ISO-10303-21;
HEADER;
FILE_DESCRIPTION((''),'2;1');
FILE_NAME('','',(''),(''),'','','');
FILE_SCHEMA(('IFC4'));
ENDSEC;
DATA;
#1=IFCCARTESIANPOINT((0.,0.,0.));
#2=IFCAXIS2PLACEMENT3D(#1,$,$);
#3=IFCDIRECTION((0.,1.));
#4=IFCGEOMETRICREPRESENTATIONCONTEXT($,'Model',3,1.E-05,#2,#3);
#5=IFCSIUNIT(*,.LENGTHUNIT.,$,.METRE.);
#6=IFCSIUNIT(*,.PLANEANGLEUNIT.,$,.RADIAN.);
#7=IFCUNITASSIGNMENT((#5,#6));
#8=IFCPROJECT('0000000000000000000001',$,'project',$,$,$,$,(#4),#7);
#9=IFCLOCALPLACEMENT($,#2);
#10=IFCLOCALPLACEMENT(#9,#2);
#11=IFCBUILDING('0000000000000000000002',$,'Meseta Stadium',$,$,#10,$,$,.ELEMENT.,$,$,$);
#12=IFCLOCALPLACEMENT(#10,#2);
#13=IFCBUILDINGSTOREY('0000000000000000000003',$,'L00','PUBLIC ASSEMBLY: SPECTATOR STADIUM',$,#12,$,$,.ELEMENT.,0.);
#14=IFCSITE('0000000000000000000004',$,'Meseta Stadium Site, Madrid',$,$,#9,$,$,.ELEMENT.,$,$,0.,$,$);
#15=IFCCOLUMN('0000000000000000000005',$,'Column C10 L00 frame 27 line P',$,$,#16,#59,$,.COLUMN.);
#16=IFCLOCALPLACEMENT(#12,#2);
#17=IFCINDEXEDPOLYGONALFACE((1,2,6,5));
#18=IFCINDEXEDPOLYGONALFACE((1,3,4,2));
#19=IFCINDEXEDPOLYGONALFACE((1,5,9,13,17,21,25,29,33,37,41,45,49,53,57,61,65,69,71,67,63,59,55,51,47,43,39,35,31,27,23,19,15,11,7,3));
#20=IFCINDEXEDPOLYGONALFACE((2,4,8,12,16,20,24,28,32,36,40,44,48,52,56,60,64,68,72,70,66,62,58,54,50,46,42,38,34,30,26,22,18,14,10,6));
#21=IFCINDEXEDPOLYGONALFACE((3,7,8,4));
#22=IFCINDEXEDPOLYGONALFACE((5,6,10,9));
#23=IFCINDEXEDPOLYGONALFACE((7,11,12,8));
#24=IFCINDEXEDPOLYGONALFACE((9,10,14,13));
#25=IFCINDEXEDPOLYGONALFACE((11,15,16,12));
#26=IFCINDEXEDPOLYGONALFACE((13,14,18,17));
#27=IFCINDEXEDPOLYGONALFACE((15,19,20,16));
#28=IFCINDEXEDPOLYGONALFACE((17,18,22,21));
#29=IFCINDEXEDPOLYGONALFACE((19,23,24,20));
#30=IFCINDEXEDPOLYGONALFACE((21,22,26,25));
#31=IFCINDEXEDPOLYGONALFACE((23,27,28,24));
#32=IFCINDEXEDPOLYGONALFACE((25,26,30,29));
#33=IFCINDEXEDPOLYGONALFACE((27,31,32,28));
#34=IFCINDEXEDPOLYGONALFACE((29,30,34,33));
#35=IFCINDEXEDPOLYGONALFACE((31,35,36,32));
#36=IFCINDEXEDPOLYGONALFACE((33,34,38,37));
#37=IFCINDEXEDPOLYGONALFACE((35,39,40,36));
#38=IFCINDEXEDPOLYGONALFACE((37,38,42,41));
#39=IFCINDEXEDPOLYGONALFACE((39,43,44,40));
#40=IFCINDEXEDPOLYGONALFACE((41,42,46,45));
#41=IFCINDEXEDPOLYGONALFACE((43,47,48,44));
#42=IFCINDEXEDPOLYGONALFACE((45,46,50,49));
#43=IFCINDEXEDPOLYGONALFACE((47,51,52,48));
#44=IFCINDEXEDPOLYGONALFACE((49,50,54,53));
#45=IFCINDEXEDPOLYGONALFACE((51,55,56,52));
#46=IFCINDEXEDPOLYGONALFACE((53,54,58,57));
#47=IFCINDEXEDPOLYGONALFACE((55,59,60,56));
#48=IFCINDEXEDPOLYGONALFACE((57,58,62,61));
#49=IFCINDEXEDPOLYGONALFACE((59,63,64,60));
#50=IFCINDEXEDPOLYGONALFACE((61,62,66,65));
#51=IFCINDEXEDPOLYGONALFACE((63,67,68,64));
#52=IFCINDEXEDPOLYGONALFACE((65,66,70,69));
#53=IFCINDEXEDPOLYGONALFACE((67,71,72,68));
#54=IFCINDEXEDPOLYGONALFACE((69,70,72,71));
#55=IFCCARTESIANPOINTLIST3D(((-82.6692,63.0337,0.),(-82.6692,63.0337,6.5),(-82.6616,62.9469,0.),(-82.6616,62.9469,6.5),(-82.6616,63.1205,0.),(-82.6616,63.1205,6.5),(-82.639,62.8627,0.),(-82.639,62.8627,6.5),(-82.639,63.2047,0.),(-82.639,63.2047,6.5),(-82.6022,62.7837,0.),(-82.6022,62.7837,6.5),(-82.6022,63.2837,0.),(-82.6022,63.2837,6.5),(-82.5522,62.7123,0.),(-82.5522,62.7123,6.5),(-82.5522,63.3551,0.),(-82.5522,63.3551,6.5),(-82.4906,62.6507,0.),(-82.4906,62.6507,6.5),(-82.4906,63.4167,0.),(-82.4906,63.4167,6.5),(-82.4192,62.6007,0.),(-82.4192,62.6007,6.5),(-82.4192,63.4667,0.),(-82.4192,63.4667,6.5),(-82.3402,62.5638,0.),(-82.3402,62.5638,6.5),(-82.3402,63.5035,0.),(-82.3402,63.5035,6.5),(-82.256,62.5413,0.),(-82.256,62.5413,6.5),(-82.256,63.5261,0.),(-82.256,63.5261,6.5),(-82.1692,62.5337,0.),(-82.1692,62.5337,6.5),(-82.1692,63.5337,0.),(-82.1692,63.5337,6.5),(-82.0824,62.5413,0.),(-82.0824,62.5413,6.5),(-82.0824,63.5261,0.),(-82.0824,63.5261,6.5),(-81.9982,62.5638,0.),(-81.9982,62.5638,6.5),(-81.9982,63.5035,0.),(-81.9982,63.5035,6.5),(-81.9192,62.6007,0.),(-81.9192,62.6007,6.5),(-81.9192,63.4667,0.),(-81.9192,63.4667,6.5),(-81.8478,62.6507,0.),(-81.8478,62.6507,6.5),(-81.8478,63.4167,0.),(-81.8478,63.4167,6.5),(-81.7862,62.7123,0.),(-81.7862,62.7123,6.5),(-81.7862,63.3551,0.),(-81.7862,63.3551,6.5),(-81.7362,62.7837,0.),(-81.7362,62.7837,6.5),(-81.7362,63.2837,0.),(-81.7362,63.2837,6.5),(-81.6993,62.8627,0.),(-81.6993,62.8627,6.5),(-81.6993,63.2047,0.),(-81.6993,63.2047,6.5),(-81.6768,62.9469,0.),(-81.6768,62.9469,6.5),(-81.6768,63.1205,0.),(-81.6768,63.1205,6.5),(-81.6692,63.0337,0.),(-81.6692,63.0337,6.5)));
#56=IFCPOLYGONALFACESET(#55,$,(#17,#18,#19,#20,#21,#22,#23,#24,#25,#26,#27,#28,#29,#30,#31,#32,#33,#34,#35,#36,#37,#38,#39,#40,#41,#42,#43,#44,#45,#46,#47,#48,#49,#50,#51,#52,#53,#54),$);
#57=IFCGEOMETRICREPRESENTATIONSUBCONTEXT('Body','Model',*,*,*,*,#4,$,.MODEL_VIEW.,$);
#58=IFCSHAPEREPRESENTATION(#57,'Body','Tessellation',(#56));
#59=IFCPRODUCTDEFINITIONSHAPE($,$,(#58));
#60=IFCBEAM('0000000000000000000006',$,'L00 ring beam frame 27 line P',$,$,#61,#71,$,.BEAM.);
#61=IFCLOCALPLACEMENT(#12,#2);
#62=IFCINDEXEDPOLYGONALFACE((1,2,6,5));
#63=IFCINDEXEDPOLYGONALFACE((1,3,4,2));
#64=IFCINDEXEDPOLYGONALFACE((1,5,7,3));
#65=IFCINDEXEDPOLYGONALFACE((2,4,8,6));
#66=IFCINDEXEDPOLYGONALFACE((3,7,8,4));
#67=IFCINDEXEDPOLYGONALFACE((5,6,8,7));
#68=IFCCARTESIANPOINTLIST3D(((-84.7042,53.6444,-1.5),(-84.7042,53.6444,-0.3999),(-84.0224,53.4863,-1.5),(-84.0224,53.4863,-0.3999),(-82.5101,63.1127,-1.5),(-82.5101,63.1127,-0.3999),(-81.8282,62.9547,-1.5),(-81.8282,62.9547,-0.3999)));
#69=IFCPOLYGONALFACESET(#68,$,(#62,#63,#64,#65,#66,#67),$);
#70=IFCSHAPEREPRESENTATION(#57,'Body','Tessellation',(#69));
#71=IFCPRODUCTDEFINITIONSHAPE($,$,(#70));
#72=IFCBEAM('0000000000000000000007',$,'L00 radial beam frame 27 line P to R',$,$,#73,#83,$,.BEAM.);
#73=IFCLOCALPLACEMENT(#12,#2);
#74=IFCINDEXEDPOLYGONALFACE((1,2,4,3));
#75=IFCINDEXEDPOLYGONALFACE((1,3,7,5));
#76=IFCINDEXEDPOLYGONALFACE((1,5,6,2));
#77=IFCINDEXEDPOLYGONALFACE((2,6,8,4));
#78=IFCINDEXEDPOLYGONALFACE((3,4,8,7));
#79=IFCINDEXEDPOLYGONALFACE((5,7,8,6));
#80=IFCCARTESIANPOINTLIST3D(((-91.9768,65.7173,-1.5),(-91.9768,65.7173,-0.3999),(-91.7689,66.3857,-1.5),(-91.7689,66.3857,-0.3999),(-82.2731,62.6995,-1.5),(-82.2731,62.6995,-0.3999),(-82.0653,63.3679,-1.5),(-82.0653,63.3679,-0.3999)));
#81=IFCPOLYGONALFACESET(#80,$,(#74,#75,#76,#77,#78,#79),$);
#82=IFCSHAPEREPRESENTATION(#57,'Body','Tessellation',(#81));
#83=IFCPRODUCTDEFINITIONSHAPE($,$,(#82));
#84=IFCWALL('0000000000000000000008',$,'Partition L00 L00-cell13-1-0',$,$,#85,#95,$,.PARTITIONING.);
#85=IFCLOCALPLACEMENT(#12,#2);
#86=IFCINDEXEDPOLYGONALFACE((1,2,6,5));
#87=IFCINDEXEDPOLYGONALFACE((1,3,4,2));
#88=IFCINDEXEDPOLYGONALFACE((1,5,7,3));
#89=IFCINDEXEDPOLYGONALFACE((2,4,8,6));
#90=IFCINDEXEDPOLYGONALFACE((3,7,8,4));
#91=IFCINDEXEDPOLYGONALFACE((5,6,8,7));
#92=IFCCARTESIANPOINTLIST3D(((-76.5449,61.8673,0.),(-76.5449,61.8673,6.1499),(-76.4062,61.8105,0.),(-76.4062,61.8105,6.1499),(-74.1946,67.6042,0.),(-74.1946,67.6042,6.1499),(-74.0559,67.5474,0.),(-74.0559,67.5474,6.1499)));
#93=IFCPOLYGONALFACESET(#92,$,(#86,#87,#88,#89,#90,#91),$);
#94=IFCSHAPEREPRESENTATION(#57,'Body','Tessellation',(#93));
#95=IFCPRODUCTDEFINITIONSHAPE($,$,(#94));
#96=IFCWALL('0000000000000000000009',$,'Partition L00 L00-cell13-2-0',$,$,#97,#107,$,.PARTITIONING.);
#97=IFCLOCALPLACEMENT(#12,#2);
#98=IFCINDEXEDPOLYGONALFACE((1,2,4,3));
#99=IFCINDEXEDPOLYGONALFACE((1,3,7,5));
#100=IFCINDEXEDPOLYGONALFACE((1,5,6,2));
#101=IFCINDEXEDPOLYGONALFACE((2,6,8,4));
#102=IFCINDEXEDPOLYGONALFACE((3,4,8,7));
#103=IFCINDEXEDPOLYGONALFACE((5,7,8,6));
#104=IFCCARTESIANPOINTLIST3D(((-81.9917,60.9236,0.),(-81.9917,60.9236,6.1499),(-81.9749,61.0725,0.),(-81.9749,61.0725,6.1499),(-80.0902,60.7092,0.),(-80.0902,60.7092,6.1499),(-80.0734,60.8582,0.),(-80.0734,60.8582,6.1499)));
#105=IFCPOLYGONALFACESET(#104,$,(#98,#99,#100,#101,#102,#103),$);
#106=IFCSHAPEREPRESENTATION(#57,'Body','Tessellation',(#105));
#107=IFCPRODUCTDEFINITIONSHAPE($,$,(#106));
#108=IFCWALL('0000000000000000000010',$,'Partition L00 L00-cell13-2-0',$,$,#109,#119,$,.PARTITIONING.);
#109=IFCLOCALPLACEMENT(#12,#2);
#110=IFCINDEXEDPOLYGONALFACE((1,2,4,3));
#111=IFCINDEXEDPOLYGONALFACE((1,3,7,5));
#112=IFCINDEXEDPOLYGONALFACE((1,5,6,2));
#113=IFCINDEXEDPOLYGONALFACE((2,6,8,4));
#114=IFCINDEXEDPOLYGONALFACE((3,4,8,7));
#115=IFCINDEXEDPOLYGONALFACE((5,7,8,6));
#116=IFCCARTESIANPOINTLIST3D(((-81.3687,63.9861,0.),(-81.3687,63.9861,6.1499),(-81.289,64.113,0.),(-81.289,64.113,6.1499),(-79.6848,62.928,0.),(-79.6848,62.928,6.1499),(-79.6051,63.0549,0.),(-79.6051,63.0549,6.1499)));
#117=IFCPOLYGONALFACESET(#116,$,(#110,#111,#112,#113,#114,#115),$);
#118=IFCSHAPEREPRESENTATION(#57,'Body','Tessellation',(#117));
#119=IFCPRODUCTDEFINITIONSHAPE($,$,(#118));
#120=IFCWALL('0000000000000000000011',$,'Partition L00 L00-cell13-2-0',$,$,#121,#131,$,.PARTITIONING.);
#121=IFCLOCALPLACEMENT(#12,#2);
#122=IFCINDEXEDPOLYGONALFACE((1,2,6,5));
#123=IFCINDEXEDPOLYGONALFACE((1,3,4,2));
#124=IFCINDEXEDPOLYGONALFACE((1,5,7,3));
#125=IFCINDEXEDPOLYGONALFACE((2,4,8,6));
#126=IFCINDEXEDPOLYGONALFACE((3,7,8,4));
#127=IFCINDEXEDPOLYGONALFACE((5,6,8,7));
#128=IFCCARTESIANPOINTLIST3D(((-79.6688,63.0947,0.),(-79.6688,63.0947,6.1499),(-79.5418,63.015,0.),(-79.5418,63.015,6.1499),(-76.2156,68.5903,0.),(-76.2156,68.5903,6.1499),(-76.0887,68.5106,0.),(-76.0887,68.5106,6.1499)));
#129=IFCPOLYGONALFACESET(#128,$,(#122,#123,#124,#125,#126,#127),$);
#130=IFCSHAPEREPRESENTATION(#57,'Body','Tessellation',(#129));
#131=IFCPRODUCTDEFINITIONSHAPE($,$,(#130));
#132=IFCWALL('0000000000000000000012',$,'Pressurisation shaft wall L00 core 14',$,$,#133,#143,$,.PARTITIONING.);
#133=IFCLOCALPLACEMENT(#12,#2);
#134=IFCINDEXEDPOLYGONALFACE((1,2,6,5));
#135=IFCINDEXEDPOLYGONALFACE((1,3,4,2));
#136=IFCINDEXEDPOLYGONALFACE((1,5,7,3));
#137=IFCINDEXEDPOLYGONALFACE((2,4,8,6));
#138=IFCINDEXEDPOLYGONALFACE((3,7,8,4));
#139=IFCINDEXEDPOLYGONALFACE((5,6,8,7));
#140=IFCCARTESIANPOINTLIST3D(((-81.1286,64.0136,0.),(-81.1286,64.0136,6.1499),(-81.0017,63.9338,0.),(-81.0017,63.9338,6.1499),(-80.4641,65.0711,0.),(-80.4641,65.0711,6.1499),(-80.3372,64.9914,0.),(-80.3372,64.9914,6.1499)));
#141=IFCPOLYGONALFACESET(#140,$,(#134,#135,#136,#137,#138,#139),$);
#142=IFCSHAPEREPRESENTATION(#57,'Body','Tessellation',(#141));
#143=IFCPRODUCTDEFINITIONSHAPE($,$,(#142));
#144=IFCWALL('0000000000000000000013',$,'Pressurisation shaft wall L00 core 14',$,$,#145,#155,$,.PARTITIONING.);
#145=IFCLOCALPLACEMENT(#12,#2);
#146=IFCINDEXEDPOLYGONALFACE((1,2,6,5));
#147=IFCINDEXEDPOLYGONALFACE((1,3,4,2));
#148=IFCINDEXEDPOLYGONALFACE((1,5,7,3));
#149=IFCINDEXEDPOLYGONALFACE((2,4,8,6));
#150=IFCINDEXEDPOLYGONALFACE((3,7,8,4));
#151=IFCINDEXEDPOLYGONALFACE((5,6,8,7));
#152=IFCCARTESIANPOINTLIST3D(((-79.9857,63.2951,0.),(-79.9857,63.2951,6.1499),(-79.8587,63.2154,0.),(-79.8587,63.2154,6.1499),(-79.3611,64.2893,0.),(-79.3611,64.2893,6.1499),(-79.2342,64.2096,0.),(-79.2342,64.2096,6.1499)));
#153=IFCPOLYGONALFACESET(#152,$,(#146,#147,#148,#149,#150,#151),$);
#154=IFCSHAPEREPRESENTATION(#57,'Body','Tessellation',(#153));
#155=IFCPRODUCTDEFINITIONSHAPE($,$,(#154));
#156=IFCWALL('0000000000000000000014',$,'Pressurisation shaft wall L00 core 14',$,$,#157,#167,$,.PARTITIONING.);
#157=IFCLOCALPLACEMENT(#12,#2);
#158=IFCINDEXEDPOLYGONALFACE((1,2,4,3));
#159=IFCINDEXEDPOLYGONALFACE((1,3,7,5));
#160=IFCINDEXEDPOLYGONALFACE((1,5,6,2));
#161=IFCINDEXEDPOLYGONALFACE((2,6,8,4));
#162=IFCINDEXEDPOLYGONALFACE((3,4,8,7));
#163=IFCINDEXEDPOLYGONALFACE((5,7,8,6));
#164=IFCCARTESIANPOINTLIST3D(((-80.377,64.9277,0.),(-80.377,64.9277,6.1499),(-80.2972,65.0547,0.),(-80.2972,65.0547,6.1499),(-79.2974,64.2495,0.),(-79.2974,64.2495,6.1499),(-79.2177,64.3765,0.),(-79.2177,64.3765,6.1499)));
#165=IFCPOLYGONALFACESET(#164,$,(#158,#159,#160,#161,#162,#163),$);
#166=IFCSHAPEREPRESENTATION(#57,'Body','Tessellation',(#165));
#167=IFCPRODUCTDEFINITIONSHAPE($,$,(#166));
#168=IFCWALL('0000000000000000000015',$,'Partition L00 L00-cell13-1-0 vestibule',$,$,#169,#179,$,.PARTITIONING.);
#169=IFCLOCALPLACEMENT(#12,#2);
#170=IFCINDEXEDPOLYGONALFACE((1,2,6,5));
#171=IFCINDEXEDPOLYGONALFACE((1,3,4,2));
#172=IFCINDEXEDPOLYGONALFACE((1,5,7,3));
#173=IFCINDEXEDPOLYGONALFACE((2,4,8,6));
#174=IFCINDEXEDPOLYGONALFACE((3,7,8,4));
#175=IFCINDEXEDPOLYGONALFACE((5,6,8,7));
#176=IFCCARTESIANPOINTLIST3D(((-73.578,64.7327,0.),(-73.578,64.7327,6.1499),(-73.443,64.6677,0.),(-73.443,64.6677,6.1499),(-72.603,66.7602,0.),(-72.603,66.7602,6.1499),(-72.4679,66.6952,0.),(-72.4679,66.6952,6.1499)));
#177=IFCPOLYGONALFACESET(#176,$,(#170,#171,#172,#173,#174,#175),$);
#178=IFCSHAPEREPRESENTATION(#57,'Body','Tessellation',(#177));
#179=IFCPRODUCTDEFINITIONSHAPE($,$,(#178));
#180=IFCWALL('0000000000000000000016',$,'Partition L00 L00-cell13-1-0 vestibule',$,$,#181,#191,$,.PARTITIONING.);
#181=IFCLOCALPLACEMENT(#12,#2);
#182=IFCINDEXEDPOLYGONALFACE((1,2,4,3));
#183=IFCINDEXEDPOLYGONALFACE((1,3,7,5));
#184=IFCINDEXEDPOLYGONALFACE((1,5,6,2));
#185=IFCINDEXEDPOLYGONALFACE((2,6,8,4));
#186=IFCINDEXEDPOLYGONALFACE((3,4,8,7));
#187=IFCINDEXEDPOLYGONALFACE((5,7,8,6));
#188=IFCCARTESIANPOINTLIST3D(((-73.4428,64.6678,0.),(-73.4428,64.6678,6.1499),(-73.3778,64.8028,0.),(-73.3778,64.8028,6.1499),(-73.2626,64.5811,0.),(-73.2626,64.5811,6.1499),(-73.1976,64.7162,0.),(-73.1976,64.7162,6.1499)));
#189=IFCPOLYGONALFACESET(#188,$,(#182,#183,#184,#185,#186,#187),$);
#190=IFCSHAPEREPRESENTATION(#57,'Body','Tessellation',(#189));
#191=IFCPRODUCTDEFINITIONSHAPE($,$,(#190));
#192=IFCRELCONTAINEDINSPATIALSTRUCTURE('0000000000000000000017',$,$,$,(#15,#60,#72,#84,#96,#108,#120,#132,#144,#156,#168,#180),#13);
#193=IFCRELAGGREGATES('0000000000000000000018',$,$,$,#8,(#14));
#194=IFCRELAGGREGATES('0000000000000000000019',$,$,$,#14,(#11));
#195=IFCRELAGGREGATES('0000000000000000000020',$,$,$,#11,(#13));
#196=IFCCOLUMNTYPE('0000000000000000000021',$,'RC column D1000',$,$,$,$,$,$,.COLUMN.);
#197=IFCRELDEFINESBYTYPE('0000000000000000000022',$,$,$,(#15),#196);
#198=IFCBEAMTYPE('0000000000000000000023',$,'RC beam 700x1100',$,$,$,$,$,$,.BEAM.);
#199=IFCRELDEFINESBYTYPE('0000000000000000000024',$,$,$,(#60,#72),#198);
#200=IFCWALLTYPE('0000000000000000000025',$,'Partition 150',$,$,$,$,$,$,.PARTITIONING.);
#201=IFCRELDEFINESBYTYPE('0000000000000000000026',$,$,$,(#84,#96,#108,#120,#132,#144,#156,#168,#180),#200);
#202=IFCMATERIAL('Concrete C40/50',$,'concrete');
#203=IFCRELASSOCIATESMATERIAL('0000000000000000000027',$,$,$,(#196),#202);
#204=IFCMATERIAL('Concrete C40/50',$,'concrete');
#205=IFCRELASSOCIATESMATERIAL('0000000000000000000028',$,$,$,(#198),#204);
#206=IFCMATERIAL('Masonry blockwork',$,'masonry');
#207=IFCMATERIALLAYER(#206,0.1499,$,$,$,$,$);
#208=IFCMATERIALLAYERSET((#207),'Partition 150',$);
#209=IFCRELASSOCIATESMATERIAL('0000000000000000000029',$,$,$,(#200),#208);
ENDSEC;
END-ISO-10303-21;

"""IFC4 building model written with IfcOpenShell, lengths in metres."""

from ifc_helpers import new_model, si_unit, direction, frame, frame_2d, origin, origin_2d, place, context, subcontext, project, spatial, rectangle, circle, extrude, material, layer, layer_set, material_profile, profile_set, type_object, element, save


model = new_model("IFC4")

# Units and contexts
model_context = context("Model", 3, precision=1e-05, world=origin(), true_north=direction((0.0, 1.0)))
body_context = subcontext(model_context, "Body", "Model", "MODEL_VIEW")
ifc_project = project(units=[si_unit("LENGTHUNIT", "METRE"), si_unit("PLANEANGLEUNIT", "RADIAN")], contexts=[model_context])

# Site, building, storey
site_placement = place(None, origin())
site = spatial("IfcSite", under=ifc_project, at=site_placement, Name="Meseta Stadium Site, Madrid", CompositionType="ELEMENT", RefElevation=0.0)
building_placement = place(site_placement, origin())
building = spatial("IfcBuilding", under=site, at=building_placement, Name="Meseta Stadium", CompositionType="ELEMENT")
storey_placement = place(building_placement, origin())
storey = spatial("IfcBuildingStorey", under=building, at=storey_placement, Name="L00", Description="PUBLIC ASSEMBLY: SPECTATOR STADIUM", CompositionType="ELEMENT", Elevation=0.0)

# Column
ifc_material_1 = material(Name="Concrete C40/50", Category="concrete")
ifc_material_profile_1 = material_profile(ifc_material_1, circle(Radius=0.5, at=origin_2d()), Name="RC D1000")
ifc_profile_set_1 = profile_set([ifc_material_profile_1], Name="Concrete C40/50")
column_type = type_object("IfcColumnType", Name="RC column D1000", PredefinedType="COLUMN", material=ifc_profile_set_1)
column_placement = place(storey_placement, frame((-82.1692, 63.0337, 0.0), z_axis=(0.0, 0.0, 1.0), x_axis=(1.0, 0.0, 0.0)))
element("IfcColumn", 1, at=column_placement, inside=storey, type_object=column_type, Name="Column C10 L00 frame 27 line P", PredefinedType="COLUMN", context=body_context, shape_type="SweptSolid", body=[
    extrude(circle(Radius=0.5, at=origin_2d()), origin(), (0.0, 0.0, 1.0), 6.5),
])

# Beams
ifc_material_2 = material(Name="Concrete C40/50", Category="concrete")
ifc_material_profile_2 = material_profile(ifc_material_2, rectangle(XDim=0.7, YDim=1.1001, at=origin_2d()), Name="RC 700x1100")
ifc_profile_set_2 = profile_set([ifc_material_profile_2], Name="Concrete C40/50")
beam_type = type_object("IfcBeamType", Name="RC beam 700x1100", PredefinedType="BEAM", material=ifc_profile_set_2)
beam_1_placement = place(storey_placement, frame((-82.1692, 63.0337, -0.95), z_axis=(-0.225749, -0.974185, 0.0), x_axis=(0.974185, -0.225749, 0.0)))
element("IfcBeam", 2, at=beam_1_placement, inside=storey, type_object=beam_type, Name="L00 ring beam frame 27 line P", PredefinedType="BEAM", context=body_context, shape_type="SweptSolid", body=[
    extrude(rectangle(XDim=0.7, YDim=1.1001, at=origin_2d()), origin(), (0.0, 0.0, 1.0), 9.7192),
])
beam_2_placement = place(storey_placement, frame((-82.1692, 63.0337, -0.95), z_axis=(-0.954887, 0.29697, 0.0), x_axis=(-0.29697, -0.954887, 0.0)))
element("IfcBeam", 3, at=beam_2_placement, inside=storey, type_object=beam_type, Name="L00 radial beam frame 27 line P to R", PredefinedType="BEAM", context=body_context, shape_type="SweptSolid", body=[
    extrude(rectangle(XDim=0.7, YDim=1.1001, at=origin_2d()), origin(), (0.0, 0.0, 1.0), 10.1621),
])

# Walls
ifc_material_3 = material(Name="Masonry blockwork", Category="masonry")
ifc_layer = layer(ifc_material_3, 0.1499)
ifc_layer_set = layer_set([ifc_layer], Name="Partition 150")
wall_type = type_object("IfcWallType", Name="Partition 150", PredefinedType="PARTITIONING", material=ifc_layer_set)
wall_1_placement = place(storey_placement, frame((-76.4756, 61.8389, 0.0), z_axis=(0.0, 0.0, 1.0), x_axis=(0.379111, 0.925351, 0.0)))
element("IfcWall", 4, at=wall_1_placement, inside=storey, type_object=wall_type, Name="Partition L00 L00-cell13-1-0", PredefinedType="PARTITIONING", context=body_context, shape_type="SweptSolid", body=[
    extrude(rectangle(XDim=6.1997, YDim=0.1499, at=frame_2d((3.0999, 0.0))), origin(), (0.0, 0.0, 1.0), 6.1499),
])
wall_2_placement = place(storey_placement, frame((-80.0818, 60.7837, 0.0), z_axis=(0.0, 0.0, 1.0), x_axis=(-0.993707, 0.112014, 0.0)))
element("IfcWall", 5, at=wall_2_placement, inside=storey, type_object=wall_type, Name="Partition L00 L00-cell13-2-0", PredefinedType="PARTITIONING", context=body_context, shape_type="SweptSolid", body=[
    extrude(rectangle(XDim=1.9136, YDim=0.1499, at=frame_2d((0.9568, 0.0))), origin(), (0.0, 0.0, 1.0), 6.1499),
])
wall_3_placement = place(storey_placement, frame((-81.3289, 64.0496, 0.0), z_axis=(0.0, 0.0, 1.0), x_axis=(0.846706, -0.532061, 0.0)))
element("IfcWall", 6, at=wall_3_placement, inside=storey, type_object=wall_type, Name="Partition L00 L00-cell13-2-0", PredefinedType="PARTITIONING", context=body_context, shape_type="SweptSolid", body=[
    extrude(rectangle(XDim=1.9888, YDim=0.1499, at=frame_2d((0.9944, 0.0))), origin(), (0.0, 0.0, 1.0), 6.1499),
])
wall_4_placement = place(storey_placement, frame((-79.6052, 63.0549, 0.0), z_axis=(0.0, 0.0, 1.0), x_axis=(0.532033, 0.846724, 0.0)))
element("IfcWall", 7, at=wall_4_placement, inside=storey, type_object=wall_type, Name="Partition L00 L00-cell13-2-0", PredefinedType="PARTITIONING", context=body_context, shape_type="SweptSolid", body=[
    extrude(rectangle(XDim=6.4905, YDim=0.1499, at=frame_2d((3.2451, 0.0))), origin(), (0.0, 0.0, 1.0), 6.1499),
])
wall_5_placement = place(storey_placement, frame((-80.4006, 65.0312, 0.0), z_axis=(0.0, 0.0, 1.0), x_axis=(-0.532035, -0.846722, 0.0)))
element("IfcWall", 8, at=wall_5_placement, inside=storey, type_object=wall_type, Name="Pressurisation shaft wall L00 core 14", PredefinedType="PARTITIONING", context=body_context, shape_type="SweptSolid", body=[
    extrude(rectangle(XDim=1.249, YDim=0.1499, at=frame_2d((0.6245, 0.0))), origin(), (0.0, 0.0, 1.0), 6.1499),
])
wall_6_placement = place(storey_placement, frame((-79.9221, 63.2554, 0.0), z_axis=(0.0, 0.0, 1.0), x_axis=(0.531942, 0.846781, 0.0)))
element("IfcWall", 9, at=wall_6_placement, inside=storey, type_object=wall_type, Name="Pressurisation shaft wall L00 core 14", PredefinedType="PARTITIONING", context=body_context, shape_type="SweptSolid", body=[
    extrude(rectangle(XDim=1.1741, YDim=0.1499, at=frame_2d((0.5869, 0.0))), origin(), (0.0, 0.0, 1.0), 6.1499),
])
wall_7_placement = place(storey_placement, frame((-79.2576, 64.313, 0.0), z_axis=(0.0, 0.0, 1.0), x_axis=(-0.84677, 0.53196, 0.0)))
element("IfcWall", 10, at=wall_7_placement, inside=storey, type_object=wall_type, Name="Pressurisation shaft wall L00 core 14", PredefinedType="PARTITIONING", context=body_context, shape_type="SweptSolid", body=[
    extrude(rectangle(XDim=1.2749, YDim=0.1499, at=frame_2d((0.6375, 0.0))), origin(), (0.0, 0.0, 1.0), 6.1499),
])
wall_8_placement = place(storey_placement, frame((-72.5354, 66.7278, 0.0), z_axis=(0.0, 0.0, 1.0), x_axis=(-0.433401, -0.901201, 0.0)))
element("IfcWall", 11, at=wall_8_placement, inside=storey, type_object=wall_type, Name="Partition L00 L00-cell13-1-0 vestibule", PredefinedType="PARTITIONING", context=body_context, shape_type="SweptSolid", body=[
    extrude(rectangle(XDim=2.2498, YDim=0.1499, at=frame_2d((1.125, 0.0))), origin(), (0.0, 0.0, 1.0), 6.1499),
])
wall_9_placement = place(storey_placement, frame((-73.4104, 64.7354, 0.0), z_axis=(0.0, 0.0, 1.0), x_axis=(0.901161, -0.433485, 0.0)))
element("IfcWall", 12, at=wall_9_placement, inside=storey, type_object=wall_type, Name="Partition L00 L00-cell13-1-0 vestibule", PredefinedType="PARTITIONING", context=body_context, shape_type="SweptSolid", body=[
    extrude(rectangle(XDim=0.2, YDim=0.1499, at=frame_2d((0.1001, 0.0))), origin(), (0.0, 0.0, 1.0), 6.1499),
])

save(model, "model.ifc")
